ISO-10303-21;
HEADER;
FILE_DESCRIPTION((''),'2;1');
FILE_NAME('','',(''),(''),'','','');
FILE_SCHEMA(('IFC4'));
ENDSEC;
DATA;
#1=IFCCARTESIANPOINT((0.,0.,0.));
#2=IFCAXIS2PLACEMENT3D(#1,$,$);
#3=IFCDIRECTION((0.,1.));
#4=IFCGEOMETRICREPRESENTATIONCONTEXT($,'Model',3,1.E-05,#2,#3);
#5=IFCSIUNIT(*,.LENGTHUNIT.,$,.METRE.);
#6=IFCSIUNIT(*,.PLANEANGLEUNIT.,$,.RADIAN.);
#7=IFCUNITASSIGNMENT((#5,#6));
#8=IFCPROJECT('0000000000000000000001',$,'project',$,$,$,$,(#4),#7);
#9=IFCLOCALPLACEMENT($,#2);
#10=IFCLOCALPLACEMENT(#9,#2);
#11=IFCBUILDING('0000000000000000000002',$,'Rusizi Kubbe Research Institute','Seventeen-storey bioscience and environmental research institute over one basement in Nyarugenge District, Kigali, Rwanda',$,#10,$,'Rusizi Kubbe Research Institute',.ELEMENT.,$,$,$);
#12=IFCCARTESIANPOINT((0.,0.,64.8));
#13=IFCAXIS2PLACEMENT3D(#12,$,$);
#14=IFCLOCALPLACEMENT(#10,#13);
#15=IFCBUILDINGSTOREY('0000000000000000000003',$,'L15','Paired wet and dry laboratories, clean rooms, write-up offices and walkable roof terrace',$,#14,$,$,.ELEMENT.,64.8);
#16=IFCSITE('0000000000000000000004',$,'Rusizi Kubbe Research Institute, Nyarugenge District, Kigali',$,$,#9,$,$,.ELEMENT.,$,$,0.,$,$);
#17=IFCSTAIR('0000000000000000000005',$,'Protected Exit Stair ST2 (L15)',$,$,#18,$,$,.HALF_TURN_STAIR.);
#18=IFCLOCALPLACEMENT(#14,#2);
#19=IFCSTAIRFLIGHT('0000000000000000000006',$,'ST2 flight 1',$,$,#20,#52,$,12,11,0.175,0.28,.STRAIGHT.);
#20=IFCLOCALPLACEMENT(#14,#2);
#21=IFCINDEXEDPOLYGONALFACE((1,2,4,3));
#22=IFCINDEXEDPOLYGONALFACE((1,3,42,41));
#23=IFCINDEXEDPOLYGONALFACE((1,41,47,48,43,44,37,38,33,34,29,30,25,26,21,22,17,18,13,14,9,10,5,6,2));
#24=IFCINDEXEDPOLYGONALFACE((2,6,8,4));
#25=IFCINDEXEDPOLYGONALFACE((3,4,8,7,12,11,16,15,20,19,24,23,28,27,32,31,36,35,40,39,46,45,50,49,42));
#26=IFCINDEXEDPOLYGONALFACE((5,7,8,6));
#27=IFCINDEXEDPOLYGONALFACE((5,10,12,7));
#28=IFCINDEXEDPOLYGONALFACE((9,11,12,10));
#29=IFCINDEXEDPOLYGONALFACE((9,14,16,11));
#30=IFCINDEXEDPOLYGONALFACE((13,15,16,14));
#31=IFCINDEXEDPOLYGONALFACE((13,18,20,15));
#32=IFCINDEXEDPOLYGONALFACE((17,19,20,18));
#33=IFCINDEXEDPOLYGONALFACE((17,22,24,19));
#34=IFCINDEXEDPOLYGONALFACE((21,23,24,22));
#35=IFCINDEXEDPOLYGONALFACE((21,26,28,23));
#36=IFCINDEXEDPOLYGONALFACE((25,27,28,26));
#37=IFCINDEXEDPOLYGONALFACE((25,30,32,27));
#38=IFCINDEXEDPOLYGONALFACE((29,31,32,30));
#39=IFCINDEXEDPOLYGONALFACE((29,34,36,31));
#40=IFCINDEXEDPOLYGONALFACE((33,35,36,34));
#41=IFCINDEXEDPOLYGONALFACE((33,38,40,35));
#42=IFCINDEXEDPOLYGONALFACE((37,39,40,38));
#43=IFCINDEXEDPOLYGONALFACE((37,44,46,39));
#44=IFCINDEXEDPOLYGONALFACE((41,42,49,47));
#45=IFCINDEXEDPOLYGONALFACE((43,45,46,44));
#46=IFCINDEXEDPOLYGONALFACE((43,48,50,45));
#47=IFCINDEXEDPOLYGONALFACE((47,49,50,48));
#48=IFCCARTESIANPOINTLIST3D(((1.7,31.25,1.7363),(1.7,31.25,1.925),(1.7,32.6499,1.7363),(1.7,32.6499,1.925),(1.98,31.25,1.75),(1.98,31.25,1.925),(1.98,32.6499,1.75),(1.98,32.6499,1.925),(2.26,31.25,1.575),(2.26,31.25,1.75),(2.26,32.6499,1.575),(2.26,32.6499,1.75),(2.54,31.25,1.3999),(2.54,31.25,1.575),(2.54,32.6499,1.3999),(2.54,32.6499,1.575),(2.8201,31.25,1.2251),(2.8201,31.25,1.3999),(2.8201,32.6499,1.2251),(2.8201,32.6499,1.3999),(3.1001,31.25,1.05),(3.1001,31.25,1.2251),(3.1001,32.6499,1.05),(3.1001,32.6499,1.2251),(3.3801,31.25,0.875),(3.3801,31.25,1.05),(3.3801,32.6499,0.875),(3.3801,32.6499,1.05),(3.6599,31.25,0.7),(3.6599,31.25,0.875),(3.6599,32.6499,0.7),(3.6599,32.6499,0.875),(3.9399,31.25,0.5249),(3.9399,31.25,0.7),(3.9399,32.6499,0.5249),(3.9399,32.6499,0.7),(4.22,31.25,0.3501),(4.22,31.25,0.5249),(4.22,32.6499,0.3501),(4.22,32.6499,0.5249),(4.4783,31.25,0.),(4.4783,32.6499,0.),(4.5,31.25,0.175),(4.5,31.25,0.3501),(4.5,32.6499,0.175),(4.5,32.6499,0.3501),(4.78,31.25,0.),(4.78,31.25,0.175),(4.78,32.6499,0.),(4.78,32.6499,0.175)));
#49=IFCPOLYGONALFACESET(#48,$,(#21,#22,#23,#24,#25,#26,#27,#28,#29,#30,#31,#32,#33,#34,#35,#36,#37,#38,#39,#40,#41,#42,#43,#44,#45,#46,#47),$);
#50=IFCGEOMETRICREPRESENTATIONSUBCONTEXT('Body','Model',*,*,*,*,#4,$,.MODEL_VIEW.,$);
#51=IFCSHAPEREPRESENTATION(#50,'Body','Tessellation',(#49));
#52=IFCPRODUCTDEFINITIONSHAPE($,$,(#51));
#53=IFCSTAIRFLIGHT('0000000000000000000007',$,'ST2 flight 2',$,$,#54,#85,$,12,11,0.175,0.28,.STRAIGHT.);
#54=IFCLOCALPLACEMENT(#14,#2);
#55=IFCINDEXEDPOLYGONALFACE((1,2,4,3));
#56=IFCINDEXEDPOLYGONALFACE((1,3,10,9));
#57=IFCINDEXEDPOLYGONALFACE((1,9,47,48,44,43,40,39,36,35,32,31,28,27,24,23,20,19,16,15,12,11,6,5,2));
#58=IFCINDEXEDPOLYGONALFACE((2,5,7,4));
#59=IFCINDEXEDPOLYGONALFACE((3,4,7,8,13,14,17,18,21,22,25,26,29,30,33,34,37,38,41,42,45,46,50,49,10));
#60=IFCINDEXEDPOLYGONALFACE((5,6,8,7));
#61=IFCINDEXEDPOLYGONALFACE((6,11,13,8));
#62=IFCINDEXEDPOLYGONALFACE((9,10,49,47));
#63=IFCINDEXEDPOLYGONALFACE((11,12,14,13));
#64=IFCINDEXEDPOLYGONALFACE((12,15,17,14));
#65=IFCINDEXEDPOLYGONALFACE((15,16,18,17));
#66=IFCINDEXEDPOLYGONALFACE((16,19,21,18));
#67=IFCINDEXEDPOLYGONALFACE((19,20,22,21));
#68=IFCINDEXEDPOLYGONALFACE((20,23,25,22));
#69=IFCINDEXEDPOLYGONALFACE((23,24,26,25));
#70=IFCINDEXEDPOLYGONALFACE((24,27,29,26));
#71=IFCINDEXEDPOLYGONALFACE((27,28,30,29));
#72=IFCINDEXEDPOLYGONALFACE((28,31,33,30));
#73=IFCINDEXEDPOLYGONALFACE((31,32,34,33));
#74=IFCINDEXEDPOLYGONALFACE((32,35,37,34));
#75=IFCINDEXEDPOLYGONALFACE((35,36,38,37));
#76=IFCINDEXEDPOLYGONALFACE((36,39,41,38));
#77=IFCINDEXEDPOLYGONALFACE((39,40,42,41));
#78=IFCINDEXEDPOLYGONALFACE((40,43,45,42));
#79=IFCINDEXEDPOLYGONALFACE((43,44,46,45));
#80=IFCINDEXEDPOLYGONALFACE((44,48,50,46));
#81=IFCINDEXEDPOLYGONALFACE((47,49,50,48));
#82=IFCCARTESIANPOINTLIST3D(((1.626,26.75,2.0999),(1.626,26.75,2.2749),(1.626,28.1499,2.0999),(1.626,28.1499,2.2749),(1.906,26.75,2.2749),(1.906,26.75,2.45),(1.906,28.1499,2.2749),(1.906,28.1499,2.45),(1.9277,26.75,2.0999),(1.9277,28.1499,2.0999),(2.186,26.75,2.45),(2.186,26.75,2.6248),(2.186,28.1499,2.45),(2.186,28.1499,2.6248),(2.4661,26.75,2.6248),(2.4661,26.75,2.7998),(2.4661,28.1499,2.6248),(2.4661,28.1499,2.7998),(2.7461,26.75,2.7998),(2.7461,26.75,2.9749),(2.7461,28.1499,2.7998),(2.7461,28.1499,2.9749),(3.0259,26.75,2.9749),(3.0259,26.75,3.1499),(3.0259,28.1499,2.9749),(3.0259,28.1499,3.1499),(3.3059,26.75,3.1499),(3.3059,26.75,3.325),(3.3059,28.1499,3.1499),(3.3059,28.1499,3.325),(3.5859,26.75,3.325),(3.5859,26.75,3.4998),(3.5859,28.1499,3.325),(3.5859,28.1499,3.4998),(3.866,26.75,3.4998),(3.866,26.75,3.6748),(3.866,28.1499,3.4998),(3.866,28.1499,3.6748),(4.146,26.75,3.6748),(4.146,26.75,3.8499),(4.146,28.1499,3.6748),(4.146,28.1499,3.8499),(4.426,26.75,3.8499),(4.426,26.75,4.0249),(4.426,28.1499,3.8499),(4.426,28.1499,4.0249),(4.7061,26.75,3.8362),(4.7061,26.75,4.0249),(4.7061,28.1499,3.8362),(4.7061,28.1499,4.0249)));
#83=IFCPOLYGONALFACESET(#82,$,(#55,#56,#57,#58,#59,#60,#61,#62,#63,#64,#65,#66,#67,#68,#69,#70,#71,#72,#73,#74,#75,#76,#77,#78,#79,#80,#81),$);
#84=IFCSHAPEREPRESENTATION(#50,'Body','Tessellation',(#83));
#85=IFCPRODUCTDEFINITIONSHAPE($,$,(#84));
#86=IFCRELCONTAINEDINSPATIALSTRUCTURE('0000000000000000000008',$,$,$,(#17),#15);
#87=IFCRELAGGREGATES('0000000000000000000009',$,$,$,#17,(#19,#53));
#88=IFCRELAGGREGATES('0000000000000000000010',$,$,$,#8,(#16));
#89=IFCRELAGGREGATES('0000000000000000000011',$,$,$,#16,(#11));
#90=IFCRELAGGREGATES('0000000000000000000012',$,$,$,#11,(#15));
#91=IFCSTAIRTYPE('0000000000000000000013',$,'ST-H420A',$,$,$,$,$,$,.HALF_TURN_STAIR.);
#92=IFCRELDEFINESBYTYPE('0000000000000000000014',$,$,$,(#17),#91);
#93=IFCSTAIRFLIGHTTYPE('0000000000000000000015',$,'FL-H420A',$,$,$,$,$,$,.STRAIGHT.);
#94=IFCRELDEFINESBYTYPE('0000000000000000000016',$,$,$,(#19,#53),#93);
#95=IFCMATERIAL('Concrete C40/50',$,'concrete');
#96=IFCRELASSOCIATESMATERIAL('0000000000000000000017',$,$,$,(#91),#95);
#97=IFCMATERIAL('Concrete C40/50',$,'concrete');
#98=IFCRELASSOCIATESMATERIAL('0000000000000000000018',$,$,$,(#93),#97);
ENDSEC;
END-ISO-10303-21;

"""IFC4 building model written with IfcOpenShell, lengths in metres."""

from ifc_helpers import new_model, si_unit, direction, frame, origin, place, context, subcontext, project, spatial, polyline, outline, extrude, material, type_object, element, aggregate, save


model = new_model("IFC4")

# Units and contexts
model_context = context("Model", 3, precision=1e-05, world=origin(), true_north=direction((0.0, 1.0)))
body_context = subcontext(model_context, "Body", "Model", "MODEL_VIEW")
ifc_project = project(units=[si_unit("LENGTHUNIT", "METRE"), si_unit("PLANEANGLEUNIT", "RADIAN")], contexts=[model_context])

# Site, building, storey
site_placement = place(None, origin())
site = spatial("IfcSite", under=ifc_project, at=site_placement, Name="Rusizi Kubbe Research Institute, Nyarugenge District, Kigali", CompositionType="ELEMENT", RefElevation=0.0)
building_placement = place(site_placement, origin())
building = spatial("IfcBuilding", under=site, at=building_placement, Name="Rusizi Kubbe Research Institute", Description="Seventeen-storey bioscience and environmental research institute over one basement in Nyarugenge District, Kigali, Rwanda", LongName="Rusizi Kubbe Research Institute", CompositionType="ELEMENT")
storey_placement = place(building_placement, frame((0.0, 0.0, 64.8)))
storey = spatial("IfcBuildingStorey", under=building, at=storey_placement, Name="L15", Description="Paired wet and dry laboratories, clean rooms, write-up offices and walkable roof terrace", CompositionType="ELEMENT", Elevation=64.8)

# Stair, stair flights
ifc_material_1 = material(Name="Concrete C40/50", Category="concrete")
stair_type = type_object("IfcStairType", Name="ST-H420A", PredefinedType="HALF_TURN_STAIR", material=ifc_material_1)
stair_placement = place(storey_placement, origin())
stair = element("IfcStair", 1, at=stair_placement, inside=storey, type_object=stair_type, Name="Protected Exit Stair ST2 (L15)", PredefinedType="HALF_TURN_STAIR")
ifc_material_2 = material(Name="Concrete C40/50", Category="concrete")
stair_flight_type = type_object("IfcStairFlightType", Name="FL-H420A", PredefinedType="STRAIGHT", material=ifc_material_2)
stair_flight_1_placement = place(storey_placement, frame((4.78, 31.95, 0.0), z_axis=(0.0, 0.0, 1.0), x_axis=(-1.0, 0.0, 0.0)))
stair_flight_1 = element("IfcStairFlight", 2, at=stair_flight_1_placement, type_object=stair_flight_type, Name="ST2 flight 1", NumberOfRisers=12, NumberOfTreads=11, PredefinedType="STRAIGHT", RiserHeight=0.175, TreadLength=0.28, context=body_context, shape_type="SweptSolid", body=[
    extrude(outline(polyline([(0.0, 0.0), (0.0, 0.175), (0.28, 0.175), (0.28, 0.3501), (0.5601, 0.3501), (0.5601, 0.5249), (0.8401, 0.5249), (0.8401, 0.7), (1.1201, 0.7), (1.1201, 0.875), (1.3999, 0.875), (1.3999, 1.05), (1.6799, 1.05), (1.6799, 1.2251), (1.96, 1.2251), (1.96, 1.3999), (2.24, 1.3999), (2.24, 1.575), (2.52, 1.575), (2.52, 1.75), (2.8, 1.75), (2.8, 1.925), (3.0801, 1.925), (3.0801, 2.1001), (3.0801, 1.7363), (0.3018, 0.0), (0.0, 0.0)])), frame((0.0, 0.7, 0.0), z_axis=(0.0, -1.0, 0.0), x_axis=(1.0, 0.0, 0.0)), (0.0, 0.0, 1.0), 1.3999),
])
stair_flight_2_placement = place(storey_placement, frame((1.626, 27.45, 2.0999), z_axis=(0.0, 0.0, 1.0), x_axis=(1.0, 0.0, 0.0)))
stair_flight_2 = element("IfcStairFlight", 3, at=stair_flight_2_placement, type_object=stair_flight_type, Name="ST2 flight 2", NumberOfRisers=12, NumberOfTreads=11, PredefinedType="STRAIGHT", RiserHeight=0.175, TreadLength=0.28, context=body_context, shape_type="SweptSolid", body=[
    extrude(outline(polyline([(0.0, 0.0), (0.0, 0.175), (0.28, 0.175), (0.28, 0.3501), (0.5601, 0.3501), (0.5601, 0.5249), (0.8401, 0.5249), (0.8401, 0.7), (1.1201, 0.7), (1.1201, 0.875), (1.3999, 0.875), (1.3999, 1.05), (1.6799, 1.05), (1.6799, 1.2251), (1.96, 1.2251), (1.96, 1.3999), (2.24, 1.3999), (2.24, 1.575), (2.52, 1.575), (2.52, 1.75), (2.8, 1.75), (2.8, 1.925), (3.0801, 1.925), (3.0801, 2.1001), (3.0801, 1.7363), (0.3018, 0.0), (0.0, 0.0)])), frame((0.0, 0.7, 0.0), z_axis=(0.0, -1.0, 0.0), x_axis=(1.0, 0.0, 0.0)), (0.0, 0.0, 1.0), 1.3999),
])
aggregate(stair, [stair_flight_1, stair_flight_2])

save(model, "model.ifc")
